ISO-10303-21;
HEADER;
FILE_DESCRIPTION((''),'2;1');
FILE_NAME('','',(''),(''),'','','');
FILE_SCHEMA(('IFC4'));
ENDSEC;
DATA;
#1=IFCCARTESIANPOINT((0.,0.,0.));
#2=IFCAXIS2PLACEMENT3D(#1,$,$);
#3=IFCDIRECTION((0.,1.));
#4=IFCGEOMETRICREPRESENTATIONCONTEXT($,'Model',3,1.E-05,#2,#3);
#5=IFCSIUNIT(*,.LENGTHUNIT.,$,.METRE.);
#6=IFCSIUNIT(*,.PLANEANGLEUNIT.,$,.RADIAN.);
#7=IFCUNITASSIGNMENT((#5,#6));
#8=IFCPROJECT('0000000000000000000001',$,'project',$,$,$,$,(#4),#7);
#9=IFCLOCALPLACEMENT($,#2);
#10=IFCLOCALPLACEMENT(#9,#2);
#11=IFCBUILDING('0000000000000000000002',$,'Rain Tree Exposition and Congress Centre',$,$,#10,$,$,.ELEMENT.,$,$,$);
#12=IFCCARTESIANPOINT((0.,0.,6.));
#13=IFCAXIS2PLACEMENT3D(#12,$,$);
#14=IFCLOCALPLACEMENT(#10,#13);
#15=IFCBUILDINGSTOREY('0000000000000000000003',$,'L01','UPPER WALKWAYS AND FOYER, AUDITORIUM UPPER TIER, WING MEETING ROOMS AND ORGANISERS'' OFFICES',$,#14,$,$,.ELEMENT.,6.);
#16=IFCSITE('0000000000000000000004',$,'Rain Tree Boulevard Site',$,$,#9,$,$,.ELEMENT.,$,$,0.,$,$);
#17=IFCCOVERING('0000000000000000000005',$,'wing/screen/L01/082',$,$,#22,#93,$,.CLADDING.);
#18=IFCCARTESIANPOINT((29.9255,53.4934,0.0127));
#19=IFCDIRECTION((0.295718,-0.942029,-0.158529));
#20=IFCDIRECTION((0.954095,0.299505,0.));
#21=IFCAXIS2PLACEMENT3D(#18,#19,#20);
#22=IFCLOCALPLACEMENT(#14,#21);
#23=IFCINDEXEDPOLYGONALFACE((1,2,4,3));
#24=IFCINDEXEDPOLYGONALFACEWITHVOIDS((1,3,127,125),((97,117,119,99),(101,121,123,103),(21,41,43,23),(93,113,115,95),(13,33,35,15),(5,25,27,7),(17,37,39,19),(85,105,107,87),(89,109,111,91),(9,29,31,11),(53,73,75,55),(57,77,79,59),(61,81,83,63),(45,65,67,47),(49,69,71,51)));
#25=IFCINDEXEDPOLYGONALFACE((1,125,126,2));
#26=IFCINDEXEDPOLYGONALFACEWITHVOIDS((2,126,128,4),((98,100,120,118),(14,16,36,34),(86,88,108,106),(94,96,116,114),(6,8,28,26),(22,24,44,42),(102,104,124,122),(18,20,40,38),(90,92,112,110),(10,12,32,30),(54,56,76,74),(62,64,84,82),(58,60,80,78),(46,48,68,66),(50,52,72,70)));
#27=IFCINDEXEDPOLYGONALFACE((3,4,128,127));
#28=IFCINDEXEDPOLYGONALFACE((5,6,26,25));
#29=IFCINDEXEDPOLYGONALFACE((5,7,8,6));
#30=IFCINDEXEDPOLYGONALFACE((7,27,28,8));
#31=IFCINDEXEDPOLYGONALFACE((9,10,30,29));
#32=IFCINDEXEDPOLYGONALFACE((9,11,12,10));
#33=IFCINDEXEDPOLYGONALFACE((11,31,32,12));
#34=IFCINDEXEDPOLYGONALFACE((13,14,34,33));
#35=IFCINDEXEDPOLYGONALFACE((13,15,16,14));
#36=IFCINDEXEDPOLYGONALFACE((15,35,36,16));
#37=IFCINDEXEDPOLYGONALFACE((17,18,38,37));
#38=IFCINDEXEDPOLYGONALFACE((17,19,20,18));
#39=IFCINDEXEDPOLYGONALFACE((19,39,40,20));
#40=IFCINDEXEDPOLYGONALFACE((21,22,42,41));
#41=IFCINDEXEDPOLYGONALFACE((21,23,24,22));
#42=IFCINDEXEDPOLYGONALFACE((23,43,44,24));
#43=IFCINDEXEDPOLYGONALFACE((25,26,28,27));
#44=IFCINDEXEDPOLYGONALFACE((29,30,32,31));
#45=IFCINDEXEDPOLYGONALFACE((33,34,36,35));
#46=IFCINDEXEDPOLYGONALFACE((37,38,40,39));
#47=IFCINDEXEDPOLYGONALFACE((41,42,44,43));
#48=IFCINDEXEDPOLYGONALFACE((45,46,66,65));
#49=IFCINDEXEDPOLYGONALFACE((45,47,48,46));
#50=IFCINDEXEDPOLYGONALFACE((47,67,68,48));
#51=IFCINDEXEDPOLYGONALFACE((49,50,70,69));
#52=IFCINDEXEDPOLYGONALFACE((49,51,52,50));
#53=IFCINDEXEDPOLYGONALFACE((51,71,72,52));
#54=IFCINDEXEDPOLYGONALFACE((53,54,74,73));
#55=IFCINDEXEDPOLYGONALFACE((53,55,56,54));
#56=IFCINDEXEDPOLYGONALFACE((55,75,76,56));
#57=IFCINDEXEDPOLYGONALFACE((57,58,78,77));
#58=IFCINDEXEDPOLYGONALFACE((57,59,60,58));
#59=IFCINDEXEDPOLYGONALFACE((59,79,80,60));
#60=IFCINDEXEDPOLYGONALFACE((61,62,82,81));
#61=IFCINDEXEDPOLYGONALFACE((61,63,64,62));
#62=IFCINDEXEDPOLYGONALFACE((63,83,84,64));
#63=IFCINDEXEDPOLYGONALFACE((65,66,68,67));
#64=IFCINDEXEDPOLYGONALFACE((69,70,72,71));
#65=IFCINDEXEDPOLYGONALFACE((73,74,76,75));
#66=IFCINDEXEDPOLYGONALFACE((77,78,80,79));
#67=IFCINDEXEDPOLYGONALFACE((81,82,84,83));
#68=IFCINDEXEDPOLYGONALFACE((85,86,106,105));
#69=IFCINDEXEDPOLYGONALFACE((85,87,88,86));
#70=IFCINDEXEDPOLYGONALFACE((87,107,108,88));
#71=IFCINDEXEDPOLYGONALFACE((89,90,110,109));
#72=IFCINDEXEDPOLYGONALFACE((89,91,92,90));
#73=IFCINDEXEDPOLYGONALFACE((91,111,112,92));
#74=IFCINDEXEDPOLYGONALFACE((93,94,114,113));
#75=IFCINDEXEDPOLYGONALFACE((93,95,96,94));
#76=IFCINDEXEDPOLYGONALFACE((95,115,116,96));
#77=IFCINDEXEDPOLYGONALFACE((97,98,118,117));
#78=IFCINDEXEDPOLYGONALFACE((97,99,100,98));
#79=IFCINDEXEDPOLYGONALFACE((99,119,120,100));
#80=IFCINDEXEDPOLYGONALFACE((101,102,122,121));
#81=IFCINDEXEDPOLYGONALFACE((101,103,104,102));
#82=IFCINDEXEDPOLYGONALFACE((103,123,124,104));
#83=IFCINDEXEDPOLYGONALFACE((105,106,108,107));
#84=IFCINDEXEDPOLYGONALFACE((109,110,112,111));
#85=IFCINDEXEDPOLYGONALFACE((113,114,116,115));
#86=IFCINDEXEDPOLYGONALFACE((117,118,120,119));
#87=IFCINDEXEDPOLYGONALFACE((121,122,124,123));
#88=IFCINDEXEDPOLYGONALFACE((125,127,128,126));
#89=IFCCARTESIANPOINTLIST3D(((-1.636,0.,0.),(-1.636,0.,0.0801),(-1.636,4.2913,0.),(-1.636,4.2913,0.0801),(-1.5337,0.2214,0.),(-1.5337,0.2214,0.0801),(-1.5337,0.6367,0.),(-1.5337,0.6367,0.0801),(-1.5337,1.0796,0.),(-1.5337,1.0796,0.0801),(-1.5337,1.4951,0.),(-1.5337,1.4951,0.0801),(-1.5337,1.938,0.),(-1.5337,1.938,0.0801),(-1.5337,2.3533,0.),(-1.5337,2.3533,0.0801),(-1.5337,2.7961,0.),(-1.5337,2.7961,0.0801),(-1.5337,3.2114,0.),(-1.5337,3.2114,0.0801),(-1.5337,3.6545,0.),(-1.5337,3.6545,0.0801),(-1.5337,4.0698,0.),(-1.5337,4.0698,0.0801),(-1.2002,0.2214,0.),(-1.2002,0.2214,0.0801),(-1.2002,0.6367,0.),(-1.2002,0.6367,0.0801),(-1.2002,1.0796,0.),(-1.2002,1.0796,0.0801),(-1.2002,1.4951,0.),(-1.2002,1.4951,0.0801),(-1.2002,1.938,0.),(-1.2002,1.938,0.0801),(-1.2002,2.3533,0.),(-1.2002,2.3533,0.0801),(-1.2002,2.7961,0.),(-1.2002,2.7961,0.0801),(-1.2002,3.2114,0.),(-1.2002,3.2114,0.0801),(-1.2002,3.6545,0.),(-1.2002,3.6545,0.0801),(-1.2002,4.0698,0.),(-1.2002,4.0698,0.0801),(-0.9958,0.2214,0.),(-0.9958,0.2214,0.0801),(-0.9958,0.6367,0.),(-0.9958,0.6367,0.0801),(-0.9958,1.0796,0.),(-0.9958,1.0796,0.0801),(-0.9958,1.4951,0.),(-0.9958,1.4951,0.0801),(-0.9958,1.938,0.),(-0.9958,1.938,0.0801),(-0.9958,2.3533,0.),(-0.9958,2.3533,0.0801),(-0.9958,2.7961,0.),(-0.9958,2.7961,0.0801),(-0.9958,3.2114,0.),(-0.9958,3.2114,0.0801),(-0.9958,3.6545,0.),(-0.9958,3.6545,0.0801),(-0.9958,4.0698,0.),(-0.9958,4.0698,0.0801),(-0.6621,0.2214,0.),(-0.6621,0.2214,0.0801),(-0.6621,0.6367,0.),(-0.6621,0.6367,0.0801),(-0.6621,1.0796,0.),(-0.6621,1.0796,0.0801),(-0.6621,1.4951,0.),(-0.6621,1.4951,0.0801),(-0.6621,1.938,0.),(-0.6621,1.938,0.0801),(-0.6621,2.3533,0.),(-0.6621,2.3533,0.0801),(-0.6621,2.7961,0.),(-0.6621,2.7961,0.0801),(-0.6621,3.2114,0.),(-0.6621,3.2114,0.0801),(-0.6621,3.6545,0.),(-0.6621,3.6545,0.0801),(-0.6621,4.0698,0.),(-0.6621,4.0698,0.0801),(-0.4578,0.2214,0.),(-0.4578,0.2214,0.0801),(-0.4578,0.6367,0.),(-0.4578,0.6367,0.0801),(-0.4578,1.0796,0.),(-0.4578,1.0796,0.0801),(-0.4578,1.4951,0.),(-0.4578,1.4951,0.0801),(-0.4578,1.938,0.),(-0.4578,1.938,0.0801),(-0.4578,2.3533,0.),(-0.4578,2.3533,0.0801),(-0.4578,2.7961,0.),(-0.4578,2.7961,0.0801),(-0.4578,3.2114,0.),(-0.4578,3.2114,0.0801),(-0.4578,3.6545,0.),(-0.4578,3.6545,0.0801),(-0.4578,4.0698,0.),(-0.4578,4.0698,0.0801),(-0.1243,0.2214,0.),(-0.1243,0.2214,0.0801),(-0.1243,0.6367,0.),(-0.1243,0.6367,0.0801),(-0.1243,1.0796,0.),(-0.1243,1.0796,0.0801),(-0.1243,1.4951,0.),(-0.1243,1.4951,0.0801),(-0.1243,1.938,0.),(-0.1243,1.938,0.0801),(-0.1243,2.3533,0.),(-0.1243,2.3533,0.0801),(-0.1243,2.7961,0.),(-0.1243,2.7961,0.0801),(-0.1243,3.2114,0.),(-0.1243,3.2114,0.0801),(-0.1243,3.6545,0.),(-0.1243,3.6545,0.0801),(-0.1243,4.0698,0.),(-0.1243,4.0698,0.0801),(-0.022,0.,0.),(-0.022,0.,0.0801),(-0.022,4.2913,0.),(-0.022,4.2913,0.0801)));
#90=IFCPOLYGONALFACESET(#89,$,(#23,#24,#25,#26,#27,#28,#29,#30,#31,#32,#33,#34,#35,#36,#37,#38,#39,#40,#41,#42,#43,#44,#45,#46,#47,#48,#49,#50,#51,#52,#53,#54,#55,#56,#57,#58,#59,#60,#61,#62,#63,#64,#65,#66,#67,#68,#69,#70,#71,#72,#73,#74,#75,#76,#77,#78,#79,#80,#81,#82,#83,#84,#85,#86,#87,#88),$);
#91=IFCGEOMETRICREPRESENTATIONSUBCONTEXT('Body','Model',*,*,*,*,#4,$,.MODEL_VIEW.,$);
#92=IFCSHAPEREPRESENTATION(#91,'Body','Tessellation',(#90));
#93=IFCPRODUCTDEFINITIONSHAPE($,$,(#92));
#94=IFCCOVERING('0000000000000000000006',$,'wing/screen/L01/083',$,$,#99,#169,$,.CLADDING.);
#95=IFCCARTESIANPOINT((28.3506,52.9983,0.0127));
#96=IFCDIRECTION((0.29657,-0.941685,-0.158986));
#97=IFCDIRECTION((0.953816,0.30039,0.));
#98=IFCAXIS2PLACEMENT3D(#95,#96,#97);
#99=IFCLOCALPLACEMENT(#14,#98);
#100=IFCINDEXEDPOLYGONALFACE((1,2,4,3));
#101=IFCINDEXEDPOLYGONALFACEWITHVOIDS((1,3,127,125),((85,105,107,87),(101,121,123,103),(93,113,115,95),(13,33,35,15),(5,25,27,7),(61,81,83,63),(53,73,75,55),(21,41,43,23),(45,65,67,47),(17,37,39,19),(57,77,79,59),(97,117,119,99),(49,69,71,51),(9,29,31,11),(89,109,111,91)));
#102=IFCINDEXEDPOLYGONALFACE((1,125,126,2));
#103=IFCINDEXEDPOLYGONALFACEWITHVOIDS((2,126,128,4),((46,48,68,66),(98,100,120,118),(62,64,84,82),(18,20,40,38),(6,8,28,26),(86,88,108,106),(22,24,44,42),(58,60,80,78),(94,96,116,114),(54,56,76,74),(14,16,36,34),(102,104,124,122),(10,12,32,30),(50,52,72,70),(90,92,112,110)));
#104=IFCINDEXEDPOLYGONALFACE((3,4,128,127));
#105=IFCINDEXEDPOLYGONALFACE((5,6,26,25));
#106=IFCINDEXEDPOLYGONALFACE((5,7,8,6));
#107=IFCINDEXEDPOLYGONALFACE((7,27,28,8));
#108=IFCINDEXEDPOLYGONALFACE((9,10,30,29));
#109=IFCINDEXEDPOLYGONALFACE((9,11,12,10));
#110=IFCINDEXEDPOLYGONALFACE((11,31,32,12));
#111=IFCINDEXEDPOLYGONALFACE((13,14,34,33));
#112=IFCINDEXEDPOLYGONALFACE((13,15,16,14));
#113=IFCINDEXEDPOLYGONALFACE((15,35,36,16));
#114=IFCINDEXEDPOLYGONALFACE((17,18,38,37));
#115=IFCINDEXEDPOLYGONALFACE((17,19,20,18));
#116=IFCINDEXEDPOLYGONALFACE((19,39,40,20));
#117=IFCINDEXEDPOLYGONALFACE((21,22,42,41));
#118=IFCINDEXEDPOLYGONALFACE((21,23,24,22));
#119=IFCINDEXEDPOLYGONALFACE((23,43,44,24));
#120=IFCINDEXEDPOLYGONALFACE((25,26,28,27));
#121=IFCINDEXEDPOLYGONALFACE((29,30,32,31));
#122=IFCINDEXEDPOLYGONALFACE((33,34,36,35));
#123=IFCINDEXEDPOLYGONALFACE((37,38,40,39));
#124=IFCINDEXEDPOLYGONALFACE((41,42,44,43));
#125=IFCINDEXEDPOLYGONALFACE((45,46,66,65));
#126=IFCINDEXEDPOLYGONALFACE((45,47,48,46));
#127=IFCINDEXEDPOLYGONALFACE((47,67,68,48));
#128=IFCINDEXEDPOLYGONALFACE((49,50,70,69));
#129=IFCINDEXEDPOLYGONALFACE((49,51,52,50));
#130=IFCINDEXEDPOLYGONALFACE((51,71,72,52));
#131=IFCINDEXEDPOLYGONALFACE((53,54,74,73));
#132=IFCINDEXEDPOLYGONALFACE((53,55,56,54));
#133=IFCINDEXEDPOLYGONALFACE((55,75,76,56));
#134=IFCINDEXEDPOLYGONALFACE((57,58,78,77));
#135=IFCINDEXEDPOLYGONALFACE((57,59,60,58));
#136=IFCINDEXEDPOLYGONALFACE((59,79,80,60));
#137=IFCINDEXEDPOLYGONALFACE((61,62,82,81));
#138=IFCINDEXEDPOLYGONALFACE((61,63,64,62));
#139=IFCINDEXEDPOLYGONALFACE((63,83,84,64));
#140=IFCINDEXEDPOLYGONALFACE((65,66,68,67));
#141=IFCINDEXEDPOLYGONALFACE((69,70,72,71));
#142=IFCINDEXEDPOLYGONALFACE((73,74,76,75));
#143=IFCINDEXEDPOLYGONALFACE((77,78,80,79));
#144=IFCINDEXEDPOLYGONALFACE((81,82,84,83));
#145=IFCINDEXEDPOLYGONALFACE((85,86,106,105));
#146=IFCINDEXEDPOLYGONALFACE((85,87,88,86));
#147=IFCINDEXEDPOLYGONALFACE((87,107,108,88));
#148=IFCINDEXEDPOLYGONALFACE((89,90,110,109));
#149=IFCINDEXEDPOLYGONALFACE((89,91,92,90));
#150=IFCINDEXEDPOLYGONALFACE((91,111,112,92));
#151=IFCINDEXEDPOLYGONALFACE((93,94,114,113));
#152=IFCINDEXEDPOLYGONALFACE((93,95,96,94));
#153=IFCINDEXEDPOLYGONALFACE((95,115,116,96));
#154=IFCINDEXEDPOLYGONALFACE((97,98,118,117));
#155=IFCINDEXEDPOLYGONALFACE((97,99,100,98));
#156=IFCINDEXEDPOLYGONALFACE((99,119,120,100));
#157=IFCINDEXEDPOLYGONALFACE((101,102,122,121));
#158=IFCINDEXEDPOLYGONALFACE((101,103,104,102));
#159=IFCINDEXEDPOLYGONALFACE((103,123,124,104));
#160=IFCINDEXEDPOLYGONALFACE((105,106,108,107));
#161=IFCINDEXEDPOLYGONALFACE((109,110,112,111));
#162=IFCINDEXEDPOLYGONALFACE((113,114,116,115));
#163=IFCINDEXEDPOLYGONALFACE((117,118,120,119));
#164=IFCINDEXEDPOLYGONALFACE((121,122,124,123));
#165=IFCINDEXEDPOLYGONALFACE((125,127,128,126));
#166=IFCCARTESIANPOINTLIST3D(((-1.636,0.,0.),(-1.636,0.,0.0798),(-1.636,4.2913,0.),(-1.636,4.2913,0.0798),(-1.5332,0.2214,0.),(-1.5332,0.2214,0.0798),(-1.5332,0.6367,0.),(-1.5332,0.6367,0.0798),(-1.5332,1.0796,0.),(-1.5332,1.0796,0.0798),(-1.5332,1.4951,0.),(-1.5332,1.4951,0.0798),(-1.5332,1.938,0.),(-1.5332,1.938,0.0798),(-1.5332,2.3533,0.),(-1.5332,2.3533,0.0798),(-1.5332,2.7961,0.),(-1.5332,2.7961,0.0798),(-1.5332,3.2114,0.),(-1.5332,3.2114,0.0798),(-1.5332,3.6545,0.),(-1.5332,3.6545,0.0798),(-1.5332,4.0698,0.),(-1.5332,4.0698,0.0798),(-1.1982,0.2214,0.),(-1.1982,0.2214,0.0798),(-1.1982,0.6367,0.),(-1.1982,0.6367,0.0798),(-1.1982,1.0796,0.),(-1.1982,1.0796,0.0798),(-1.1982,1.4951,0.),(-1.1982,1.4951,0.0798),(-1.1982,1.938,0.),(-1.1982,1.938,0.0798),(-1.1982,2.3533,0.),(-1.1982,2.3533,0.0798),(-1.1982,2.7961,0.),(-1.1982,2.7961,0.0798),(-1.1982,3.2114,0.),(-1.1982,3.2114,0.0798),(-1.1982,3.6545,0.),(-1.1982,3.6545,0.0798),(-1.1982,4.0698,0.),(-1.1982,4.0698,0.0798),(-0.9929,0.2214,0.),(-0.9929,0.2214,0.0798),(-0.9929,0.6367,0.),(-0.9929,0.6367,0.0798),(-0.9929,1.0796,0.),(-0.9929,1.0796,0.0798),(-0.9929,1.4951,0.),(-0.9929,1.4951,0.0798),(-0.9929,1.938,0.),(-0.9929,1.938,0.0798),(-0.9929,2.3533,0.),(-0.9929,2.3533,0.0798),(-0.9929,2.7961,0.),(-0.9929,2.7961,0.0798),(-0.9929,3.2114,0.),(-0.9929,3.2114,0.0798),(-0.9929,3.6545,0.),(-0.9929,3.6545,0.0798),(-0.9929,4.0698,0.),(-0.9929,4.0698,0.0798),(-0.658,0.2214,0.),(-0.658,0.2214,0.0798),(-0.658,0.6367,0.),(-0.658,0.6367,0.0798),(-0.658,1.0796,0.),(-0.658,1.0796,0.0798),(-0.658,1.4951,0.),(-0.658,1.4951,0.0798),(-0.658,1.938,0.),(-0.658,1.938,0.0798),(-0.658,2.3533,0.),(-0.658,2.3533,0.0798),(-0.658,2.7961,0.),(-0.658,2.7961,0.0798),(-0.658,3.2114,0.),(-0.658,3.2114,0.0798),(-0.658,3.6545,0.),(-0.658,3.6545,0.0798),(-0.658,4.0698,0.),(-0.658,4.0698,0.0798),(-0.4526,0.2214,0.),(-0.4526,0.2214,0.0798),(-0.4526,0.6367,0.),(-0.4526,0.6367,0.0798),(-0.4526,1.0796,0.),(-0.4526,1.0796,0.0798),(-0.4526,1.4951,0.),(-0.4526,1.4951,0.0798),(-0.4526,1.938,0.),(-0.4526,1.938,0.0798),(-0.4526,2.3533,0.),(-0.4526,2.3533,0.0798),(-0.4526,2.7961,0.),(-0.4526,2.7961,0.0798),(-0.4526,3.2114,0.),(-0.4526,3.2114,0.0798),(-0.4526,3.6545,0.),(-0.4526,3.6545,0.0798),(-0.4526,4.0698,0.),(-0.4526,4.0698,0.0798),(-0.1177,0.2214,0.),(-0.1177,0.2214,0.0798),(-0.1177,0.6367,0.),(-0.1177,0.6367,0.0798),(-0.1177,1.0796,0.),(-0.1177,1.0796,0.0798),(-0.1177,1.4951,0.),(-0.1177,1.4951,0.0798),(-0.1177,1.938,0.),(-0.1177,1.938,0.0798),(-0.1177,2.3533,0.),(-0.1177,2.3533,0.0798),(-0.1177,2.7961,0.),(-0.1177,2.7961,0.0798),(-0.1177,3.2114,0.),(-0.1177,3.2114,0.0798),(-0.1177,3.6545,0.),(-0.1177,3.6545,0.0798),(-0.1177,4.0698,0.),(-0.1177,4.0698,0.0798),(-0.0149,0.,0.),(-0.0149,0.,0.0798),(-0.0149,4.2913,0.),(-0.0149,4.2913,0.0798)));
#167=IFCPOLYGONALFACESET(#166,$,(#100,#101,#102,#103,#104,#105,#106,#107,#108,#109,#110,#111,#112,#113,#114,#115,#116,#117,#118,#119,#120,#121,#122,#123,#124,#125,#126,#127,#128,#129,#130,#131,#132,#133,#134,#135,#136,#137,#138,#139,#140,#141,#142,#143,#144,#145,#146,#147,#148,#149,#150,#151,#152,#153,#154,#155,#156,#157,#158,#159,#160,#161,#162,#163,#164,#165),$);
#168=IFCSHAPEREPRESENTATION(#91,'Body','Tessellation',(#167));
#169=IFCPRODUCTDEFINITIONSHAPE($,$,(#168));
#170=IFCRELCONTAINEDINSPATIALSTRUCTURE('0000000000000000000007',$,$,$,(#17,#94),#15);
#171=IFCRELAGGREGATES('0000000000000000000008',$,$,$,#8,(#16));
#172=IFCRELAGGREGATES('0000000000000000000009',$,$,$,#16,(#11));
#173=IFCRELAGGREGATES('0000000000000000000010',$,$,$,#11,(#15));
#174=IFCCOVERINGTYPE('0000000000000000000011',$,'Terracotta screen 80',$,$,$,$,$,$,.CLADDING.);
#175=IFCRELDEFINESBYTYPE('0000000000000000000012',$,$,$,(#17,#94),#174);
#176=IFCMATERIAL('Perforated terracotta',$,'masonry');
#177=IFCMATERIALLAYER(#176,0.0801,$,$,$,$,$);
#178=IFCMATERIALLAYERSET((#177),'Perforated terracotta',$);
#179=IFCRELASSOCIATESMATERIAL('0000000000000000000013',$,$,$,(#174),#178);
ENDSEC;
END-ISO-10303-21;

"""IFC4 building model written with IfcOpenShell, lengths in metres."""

from ifc_helpers import new_model, si_unit, direction, frame, origin, place, context, subcontext, project, spatial, polyline, outline, extrude, material, layer, layer_set, type_object, element, save


model = new_model("IFC4")

# Units and contexts
model_context = context("Model", 3, precision=1e-05, world=origin(), true_north=direction((0.0, 1.0)))
body_context = subcontext(model_context, "Body", "Model", "MODEL_VIEW")
ifc_project = project(units=[si_unit("LENGTHUNIT", "METRE"), si_unit("PLANEANGLEUNIT", "RADIAN")], contexts=[model_context])

# Site, building, storey
site_placement = place(None, origin())
site = spatial("IfcSite", under=ifc_project, at=site_placement, Name="Rain Tree Boulevard Site", CompositionType="ELEMENT", RefElevation=0.0)
building_placement = place(site_placement, origin())
building = spatial("IfcBuilding", under=site, at=building_placement, Name="Rain Tree Exposition and Congress Centre", CompositionType="ELEMENT")
storey_placement = place(building_placement, frame((0.0, 0.0, 6.0)))
storey = spatial("IfcBuildingStorey", under=building, at=storey_placement, Name="L01", Description="UPPER WALKWAYS AND FOYER, AUDITORIUM UPPER TIER, WING MEETING ROOMS AND ORGANISERS' OFFICES", CompositionType="ELEMENT", Elevation=6.0)

# Coverings
ifc_material_1 = material(Name="Perforated terracotta", Category="masonry")
ifc_layer_1 = layer(ifc_material_1, 0.0801)
ifc_layer_set_1 = layer_set([ifc_layer_1], Name="Perforated terracotta")
covering_type = type_object("IfcCoveringType", Name="Terracotta screen 80", PredefinedType="CLADDING", material=ifc_layer_set_1)
covering_1_placement = place(storey_placement, frame((29.9255, 53.4934, 0.0127), z_axis=(0.295718, -0.942029, -0.158529), x_axis=(0.954095, 0.299505, 0.0)))
element("IfcCovering", 1, at=covering_1_placement, inside=storey, type_object=covering_type, Name="wing/screen/L01/082", PredefinedType="CLADDING", context=body_context, shape_type="SweptSolid", body=[
    extrude(outline(polyline([(-1.636, 0.0), (-1.636, 4.2913), (-0.022, 4.2913), (-0.022, 0.0), (-1.636, 0.0)]), holes=[polyline([(-0.1243, 0.2214), (-0.1243, 0.6367), (-0.4578, 0.6367), (-0.4578, 0.2214), (-0.1243, 0.2214)]), polyline([(-0.1243, 1.0796), (-0.1243, 1.4951), (-0.4578, 1.4951), (-0.4578, 1.0796), (-0.1243, 1.0796)]), polyline([(-0.1243, 1.938), (-0.1243, 2.3533), (-0.4578, 2.3533), (-0.4578, 1.938), (-0.1243, 1.938)]), polyline([(-0.1243, 2.7961), (-0.1243, 3.2114), (-0.4578, 3.2114), (-0.4578, 2.7961), (-0.1243, 2.7961)]), polyline([(-0.1243, 3.6545), (-0.1243, 4.0698), (-0.4578, 4.0698), (-0.4578, 3.6545), (-0.1243, 3.6545)]), polyline([(-0.6621, 0.2214), (-0.6621, 0.6367), (-0.9958, 0.6367), (-0.9958, 0.2214), (-0.6621, 0.2214)]), polyline([(-0.6621, 1.0796), (-0.6621, 1.4951), (-0.9958, 1.4951), (-0.9958, 1.0796), (-0.6621, 1.0796)]), polyline([(-0.6621, 1.938), (-0.6621, 2.3533), (-0.9958, 2.3533), (-0.9958, 1.938), (-0.6621, 1.938)]), polyline([(-0.6621, 2.7961), (-0.6621, 3.2114), (-0.9958, 3.2114), (-0.9958, 2.7961), (-0.6621, 2.7961)]), polyline([(-0.6621, 3.6545), (-0.6621, 4.0698), (-0.9958, 4.0698), (-0.9958, 3.6545), (-0.6621, 3.6545)]), polyline([(-1.2002, 0.2214), (-1.2002, 0.6367), (-1.5337, 0.6367), (-1.5337, 0.2214), (-1.2002, 0.2214)]), polyline([(-1.2002, 1.0796), (-1.2002, 1.4951), (-1.5337, 1.4951), (-1.5337, 1.0796), (-1.2002, 1.0796)]), polyline([(-1.2002, 1.938), (-1.2002, 2.3533), (-1.5337, 2.3533), (-1.5337, 1.938), (-1.2002, 1.938)]), polyline([(-1.2002, 2.7961), (-1.2002, 3.2114), (-1.5337, 3.2114), (-1.5337, 2.7961), (-1.2002, 2.7961)]), polyline([(-1.2002, 3.6545), (-1.2002, 4.0698), (-1.5337, 4.0698), (-1.5337, 3.6545), (-1.2002, 3.6545)])]), origin(), (0.0, 0.0, 1.0), 0.0801),
])
covering_2_placement = place(storey_placement, frame((28.3506, 52.9983, 0.0127), z_axis=(0.29657, -0.941685, -0.158986), x_axis=(0.953816, 0.30039, 0.0)))
element("IfcCovering", 2, at=covering_2_placement, inside=storey, type_object=covering_type, Name="wing/screen/L01/083", PredefinedType="CLADDING", context=body_context, shape_type="SweptSolid", body=[
    extrude(outline(polyline([(-1.636, 0.0), (-1.636, 4.2913), (-0.0149, 4.2913), (-0.0149, 0.0), (-1.636, 0.0)]), holes=[polyline([(-0.1177, 0.2214), (-0.1177, 0.6367), (-0.4526, 0.6367), (-0.4526, 0.2214), (-0.1177, 0.2214)]), polyline([(-0.1177, 1.0796), (-0.1177, 1.4951), (-0.4526, 1.4951), (-0.4526, 1.0796), (-0.1177, 1.0796)]), polyline([(-0.1177, 1.938), (-0.1177, 2.3533), (-0.4526, 2.3533), (-0.4526, 1.938), (-0.1177, 1.938)]), polyline([(-0.1177, 2.7961), (-0.1177, 3.2114), (-0.4526, 3.2114), (-0.4526, 2.7961), (-0.1177, 2.7961)]), polyline([(-0.1177, 3.6545), (-0.1177, 4.0698), (-0.4526, 4.0698), (-0.4526, 3.6545), (-0.1177, 3.6545)]), polyline([(-0.658, 0.2214), (-0.658, 0.6367), (-0.9929, 0.6367), (-0.9929, 0.2214), (-0.658, 0.2214)]), polyline([(-0.658, 1.0796), (-0.658, 1.4951), (-0.9929, 1.4951), (-0.9929, 1.0796), (-0.658, 1.0796)]), polyline([(-0.658, 1.938), (-0.658, 2.3533), (-0.9929, 2.3533), (-0.9929, 1.938), (-0.658, 1.938)]), polyline([(-0.658, 2.7961), (-0.658, 3.2114), (-0.9929, 3.2114), (-0.9929, 2.7961), (-0.658, 2.7961)]), polyline([(-0.658, 3.6545), (-0.658, 4.0698), (-0.9929, 4.0698), (-0.9929, 3.6545), (-0.658, 3.6545)]), polyline([(-1.1982, 0.2214), (-1.1982, 0.6367), (-1.5332, 0.6367), (-1.5332, 0.2214), (-1.1982, 0.2214)]), polyline([(-1.1982, 1.0796), (-1.1982, 1.4951), (-1.5332, 1.4951), (-1.5332, 1.0796), (-1.1982, 1.0796)]), polyline([(-1.1982, 1.938), (-1.1982, 2.3533), (-1.5332, 2.3533), (-1.5332, 1.938), (-1.1982, 1.938)]), polyline([(-1.1982, 2.7961), (-1.1982, 3.2114), (-1.5332, 3.2114), (-1.5332, 2.7961), (-1.1982, 2.7961)]), polyline([(-1.1982, 3.6545), (-1.1982, 4.0698), (-1.5332, 4.0698), (-1.5332, 3.6545), (-1.1982, 3.6545)])]), origin(), (0.0, 0.0, 1.0), 0.0798),
])

save(model, "model.ifc")
